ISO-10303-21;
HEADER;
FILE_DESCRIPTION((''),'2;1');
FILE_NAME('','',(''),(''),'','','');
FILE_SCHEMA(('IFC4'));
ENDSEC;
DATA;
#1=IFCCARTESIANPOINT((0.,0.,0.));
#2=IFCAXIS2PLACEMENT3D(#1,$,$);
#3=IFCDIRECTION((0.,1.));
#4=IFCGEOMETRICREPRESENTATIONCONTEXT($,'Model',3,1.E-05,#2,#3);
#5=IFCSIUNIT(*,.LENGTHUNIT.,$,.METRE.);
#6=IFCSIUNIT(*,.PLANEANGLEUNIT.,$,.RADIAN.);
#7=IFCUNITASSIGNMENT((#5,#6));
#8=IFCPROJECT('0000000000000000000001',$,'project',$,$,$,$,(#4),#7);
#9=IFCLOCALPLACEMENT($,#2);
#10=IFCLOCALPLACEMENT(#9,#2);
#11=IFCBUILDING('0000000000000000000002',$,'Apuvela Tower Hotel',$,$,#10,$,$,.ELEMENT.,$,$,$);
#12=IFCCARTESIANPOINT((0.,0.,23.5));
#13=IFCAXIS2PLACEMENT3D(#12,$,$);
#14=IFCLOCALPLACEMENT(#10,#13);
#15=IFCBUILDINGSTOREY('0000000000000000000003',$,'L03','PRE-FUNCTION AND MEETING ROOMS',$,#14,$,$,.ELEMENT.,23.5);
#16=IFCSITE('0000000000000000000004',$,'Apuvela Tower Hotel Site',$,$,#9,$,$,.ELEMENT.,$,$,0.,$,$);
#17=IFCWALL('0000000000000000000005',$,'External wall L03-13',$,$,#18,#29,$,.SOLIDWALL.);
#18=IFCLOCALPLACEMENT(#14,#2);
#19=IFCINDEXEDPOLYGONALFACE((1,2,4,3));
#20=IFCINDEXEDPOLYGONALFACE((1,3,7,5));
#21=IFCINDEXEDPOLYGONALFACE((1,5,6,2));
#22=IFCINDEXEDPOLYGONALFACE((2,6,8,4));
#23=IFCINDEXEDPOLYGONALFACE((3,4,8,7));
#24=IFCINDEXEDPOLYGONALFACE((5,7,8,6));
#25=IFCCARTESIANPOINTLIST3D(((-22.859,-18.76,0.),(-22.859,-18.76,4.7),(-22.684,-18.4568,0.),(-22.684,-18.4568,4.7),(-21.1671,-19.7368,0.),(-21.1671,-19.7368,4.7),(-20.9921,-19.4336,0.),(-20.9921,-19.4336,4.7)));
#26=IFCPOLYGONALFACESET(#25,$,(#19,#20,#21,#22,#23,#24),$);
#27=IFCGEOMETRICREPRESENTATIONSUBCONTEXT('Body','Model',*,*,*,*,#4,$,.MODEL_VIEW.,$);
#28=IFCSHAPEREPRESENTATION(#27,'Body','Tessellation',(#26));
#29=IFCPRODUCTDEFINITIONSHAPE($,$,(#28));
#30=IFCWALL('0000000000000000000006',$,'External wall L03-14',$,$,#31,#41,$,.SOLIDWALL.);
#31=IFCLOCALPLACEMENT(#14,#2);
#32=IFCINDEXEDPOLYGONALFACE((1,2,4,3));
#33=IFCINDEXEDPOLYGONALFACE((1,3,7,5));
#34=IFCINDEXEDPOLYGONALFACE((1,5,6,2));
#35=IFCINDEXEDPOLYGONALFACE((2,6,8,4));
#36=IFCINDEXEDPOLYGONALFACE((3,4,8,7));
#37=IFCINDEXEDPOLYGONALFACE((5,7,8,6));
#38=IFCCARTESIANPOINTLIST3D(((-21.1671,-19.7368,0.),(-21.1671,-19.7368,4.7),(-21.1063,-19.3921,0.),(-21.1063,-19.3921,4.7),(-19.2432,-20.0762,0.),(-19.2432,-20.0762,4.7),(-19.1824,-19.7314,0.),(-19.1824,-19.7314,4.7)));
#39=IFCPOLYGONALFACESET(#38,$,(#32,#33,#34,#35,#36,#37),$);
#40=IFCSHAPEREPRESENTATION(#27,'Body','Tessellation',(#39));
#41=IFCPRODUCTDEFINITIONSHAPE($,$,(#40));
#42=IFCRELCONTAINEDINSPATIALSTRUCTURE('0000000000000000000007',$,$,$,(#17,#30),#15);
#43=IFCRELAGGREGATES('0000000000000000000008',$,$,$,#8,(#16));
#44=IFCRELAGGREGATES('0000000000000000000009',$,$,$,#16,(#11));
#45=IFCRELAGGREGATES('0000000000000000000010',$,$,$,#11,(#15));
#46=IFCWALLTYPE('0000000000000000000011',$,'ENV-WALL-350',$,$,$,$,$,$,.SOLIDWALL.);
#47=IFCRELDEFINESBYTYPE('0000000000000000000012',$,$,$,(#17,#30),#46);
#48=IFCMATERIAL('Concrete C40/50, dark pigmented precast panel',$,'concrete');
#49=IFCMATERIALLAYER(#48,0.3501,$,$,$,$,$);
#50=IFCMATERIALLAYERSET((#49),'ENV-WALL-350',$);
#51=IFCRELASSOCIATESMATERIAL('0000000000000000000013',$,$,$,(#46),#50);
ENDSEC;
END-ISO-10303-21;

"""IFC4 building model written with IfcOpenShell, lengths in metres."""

from ifc_helpers import new_model, si_unit, direction, frame, frame_2d, origin, place, context, subcontext, project, spatial, rectangle, extrude, material, layer, layer_set, type_object, element, save


model = new_model("IFC4")

# Units and contexts
model_context = context("Model", 3, precision=1e-05, world=origin(), true_north=direction((0.0, 1.0)))
body_context = subcontext(model_context, "Body", "Model", "MODEL_VIEW")
ifc_project = project(units=[si_unit("LENGTHUNIT", "METRE"), si_unit("PLANEANGLEUNIT", "RADIAN")], contexts=[model_context])

# Site, building, storey
site_placement = place(None, origin())
site = spatial("IfcSite", under=ifc_project, at=site_placement, Name="Apuvela Tower Hotel Site", CompositionType="ELEMENT", RefElevation=0.0)
building_placement = place(site_placement, origin())
building = spatial("IfcBuilding", under=site, at=building_placement, Name="Apuvela Tower Hotel", CompositionType="ELEMENT")
storey_placement = place(building_placement, frame((0.0, 0.0, 23.5)))
storey = spatial("IfcBuildingStorey", under=building, at=storey_placement, Name="L03", Description="PRE-FUNCTION AND MEETING ROOMS", CompositionType="ELEMENT", Elevation=23.5)

# Walls
ifc_material_1 = material(Name="Concrete C40/50, dark pigmented precast panel", Category="concrete")
ifc_layer_1 = layer(ifc_material_1, 0.3501)
ifc_layer_set_1 = layer_set([ifc_layer_1], Name="ENV-WALL-350")
wall_type_1 = type_object("IfcWallType", Name="ENV-WALL-350", PredefinedType="SOLIDWALL", material=ifc_layer_set_1)
for number, where, z_axis, x_axis, name in (
    (1, (-22.7715, -18.6084, 0.0), (0.0, 0.0, 1.0), (0.866027, -0.499996, 0.0), "External wall L03-13"),
    (2, (-21.1367, -19.5645, 0.0), (0.0, 0.0, 1.0), (0.984796, -0.173714, 0.0), "External wall L03-14"),
):
    element("IfcWall", number, at=place(storey_placement, frame(where, z_axis=z_axis, x_axis=x_axis)), inside=storey, type_object=wall_type_1, Name=name, PredefinedType="SOLIDWALL", context=body_context, shape_type="SweptSolid", body=[
        extrude(rectangle(XDim=1.9536, YDim=0.3501, at=frame_2d((0.9768, 0.0))), origin(), (0.0, 0.0, 1.0), 4.7),
    ])

save(model, "model.ifc")
